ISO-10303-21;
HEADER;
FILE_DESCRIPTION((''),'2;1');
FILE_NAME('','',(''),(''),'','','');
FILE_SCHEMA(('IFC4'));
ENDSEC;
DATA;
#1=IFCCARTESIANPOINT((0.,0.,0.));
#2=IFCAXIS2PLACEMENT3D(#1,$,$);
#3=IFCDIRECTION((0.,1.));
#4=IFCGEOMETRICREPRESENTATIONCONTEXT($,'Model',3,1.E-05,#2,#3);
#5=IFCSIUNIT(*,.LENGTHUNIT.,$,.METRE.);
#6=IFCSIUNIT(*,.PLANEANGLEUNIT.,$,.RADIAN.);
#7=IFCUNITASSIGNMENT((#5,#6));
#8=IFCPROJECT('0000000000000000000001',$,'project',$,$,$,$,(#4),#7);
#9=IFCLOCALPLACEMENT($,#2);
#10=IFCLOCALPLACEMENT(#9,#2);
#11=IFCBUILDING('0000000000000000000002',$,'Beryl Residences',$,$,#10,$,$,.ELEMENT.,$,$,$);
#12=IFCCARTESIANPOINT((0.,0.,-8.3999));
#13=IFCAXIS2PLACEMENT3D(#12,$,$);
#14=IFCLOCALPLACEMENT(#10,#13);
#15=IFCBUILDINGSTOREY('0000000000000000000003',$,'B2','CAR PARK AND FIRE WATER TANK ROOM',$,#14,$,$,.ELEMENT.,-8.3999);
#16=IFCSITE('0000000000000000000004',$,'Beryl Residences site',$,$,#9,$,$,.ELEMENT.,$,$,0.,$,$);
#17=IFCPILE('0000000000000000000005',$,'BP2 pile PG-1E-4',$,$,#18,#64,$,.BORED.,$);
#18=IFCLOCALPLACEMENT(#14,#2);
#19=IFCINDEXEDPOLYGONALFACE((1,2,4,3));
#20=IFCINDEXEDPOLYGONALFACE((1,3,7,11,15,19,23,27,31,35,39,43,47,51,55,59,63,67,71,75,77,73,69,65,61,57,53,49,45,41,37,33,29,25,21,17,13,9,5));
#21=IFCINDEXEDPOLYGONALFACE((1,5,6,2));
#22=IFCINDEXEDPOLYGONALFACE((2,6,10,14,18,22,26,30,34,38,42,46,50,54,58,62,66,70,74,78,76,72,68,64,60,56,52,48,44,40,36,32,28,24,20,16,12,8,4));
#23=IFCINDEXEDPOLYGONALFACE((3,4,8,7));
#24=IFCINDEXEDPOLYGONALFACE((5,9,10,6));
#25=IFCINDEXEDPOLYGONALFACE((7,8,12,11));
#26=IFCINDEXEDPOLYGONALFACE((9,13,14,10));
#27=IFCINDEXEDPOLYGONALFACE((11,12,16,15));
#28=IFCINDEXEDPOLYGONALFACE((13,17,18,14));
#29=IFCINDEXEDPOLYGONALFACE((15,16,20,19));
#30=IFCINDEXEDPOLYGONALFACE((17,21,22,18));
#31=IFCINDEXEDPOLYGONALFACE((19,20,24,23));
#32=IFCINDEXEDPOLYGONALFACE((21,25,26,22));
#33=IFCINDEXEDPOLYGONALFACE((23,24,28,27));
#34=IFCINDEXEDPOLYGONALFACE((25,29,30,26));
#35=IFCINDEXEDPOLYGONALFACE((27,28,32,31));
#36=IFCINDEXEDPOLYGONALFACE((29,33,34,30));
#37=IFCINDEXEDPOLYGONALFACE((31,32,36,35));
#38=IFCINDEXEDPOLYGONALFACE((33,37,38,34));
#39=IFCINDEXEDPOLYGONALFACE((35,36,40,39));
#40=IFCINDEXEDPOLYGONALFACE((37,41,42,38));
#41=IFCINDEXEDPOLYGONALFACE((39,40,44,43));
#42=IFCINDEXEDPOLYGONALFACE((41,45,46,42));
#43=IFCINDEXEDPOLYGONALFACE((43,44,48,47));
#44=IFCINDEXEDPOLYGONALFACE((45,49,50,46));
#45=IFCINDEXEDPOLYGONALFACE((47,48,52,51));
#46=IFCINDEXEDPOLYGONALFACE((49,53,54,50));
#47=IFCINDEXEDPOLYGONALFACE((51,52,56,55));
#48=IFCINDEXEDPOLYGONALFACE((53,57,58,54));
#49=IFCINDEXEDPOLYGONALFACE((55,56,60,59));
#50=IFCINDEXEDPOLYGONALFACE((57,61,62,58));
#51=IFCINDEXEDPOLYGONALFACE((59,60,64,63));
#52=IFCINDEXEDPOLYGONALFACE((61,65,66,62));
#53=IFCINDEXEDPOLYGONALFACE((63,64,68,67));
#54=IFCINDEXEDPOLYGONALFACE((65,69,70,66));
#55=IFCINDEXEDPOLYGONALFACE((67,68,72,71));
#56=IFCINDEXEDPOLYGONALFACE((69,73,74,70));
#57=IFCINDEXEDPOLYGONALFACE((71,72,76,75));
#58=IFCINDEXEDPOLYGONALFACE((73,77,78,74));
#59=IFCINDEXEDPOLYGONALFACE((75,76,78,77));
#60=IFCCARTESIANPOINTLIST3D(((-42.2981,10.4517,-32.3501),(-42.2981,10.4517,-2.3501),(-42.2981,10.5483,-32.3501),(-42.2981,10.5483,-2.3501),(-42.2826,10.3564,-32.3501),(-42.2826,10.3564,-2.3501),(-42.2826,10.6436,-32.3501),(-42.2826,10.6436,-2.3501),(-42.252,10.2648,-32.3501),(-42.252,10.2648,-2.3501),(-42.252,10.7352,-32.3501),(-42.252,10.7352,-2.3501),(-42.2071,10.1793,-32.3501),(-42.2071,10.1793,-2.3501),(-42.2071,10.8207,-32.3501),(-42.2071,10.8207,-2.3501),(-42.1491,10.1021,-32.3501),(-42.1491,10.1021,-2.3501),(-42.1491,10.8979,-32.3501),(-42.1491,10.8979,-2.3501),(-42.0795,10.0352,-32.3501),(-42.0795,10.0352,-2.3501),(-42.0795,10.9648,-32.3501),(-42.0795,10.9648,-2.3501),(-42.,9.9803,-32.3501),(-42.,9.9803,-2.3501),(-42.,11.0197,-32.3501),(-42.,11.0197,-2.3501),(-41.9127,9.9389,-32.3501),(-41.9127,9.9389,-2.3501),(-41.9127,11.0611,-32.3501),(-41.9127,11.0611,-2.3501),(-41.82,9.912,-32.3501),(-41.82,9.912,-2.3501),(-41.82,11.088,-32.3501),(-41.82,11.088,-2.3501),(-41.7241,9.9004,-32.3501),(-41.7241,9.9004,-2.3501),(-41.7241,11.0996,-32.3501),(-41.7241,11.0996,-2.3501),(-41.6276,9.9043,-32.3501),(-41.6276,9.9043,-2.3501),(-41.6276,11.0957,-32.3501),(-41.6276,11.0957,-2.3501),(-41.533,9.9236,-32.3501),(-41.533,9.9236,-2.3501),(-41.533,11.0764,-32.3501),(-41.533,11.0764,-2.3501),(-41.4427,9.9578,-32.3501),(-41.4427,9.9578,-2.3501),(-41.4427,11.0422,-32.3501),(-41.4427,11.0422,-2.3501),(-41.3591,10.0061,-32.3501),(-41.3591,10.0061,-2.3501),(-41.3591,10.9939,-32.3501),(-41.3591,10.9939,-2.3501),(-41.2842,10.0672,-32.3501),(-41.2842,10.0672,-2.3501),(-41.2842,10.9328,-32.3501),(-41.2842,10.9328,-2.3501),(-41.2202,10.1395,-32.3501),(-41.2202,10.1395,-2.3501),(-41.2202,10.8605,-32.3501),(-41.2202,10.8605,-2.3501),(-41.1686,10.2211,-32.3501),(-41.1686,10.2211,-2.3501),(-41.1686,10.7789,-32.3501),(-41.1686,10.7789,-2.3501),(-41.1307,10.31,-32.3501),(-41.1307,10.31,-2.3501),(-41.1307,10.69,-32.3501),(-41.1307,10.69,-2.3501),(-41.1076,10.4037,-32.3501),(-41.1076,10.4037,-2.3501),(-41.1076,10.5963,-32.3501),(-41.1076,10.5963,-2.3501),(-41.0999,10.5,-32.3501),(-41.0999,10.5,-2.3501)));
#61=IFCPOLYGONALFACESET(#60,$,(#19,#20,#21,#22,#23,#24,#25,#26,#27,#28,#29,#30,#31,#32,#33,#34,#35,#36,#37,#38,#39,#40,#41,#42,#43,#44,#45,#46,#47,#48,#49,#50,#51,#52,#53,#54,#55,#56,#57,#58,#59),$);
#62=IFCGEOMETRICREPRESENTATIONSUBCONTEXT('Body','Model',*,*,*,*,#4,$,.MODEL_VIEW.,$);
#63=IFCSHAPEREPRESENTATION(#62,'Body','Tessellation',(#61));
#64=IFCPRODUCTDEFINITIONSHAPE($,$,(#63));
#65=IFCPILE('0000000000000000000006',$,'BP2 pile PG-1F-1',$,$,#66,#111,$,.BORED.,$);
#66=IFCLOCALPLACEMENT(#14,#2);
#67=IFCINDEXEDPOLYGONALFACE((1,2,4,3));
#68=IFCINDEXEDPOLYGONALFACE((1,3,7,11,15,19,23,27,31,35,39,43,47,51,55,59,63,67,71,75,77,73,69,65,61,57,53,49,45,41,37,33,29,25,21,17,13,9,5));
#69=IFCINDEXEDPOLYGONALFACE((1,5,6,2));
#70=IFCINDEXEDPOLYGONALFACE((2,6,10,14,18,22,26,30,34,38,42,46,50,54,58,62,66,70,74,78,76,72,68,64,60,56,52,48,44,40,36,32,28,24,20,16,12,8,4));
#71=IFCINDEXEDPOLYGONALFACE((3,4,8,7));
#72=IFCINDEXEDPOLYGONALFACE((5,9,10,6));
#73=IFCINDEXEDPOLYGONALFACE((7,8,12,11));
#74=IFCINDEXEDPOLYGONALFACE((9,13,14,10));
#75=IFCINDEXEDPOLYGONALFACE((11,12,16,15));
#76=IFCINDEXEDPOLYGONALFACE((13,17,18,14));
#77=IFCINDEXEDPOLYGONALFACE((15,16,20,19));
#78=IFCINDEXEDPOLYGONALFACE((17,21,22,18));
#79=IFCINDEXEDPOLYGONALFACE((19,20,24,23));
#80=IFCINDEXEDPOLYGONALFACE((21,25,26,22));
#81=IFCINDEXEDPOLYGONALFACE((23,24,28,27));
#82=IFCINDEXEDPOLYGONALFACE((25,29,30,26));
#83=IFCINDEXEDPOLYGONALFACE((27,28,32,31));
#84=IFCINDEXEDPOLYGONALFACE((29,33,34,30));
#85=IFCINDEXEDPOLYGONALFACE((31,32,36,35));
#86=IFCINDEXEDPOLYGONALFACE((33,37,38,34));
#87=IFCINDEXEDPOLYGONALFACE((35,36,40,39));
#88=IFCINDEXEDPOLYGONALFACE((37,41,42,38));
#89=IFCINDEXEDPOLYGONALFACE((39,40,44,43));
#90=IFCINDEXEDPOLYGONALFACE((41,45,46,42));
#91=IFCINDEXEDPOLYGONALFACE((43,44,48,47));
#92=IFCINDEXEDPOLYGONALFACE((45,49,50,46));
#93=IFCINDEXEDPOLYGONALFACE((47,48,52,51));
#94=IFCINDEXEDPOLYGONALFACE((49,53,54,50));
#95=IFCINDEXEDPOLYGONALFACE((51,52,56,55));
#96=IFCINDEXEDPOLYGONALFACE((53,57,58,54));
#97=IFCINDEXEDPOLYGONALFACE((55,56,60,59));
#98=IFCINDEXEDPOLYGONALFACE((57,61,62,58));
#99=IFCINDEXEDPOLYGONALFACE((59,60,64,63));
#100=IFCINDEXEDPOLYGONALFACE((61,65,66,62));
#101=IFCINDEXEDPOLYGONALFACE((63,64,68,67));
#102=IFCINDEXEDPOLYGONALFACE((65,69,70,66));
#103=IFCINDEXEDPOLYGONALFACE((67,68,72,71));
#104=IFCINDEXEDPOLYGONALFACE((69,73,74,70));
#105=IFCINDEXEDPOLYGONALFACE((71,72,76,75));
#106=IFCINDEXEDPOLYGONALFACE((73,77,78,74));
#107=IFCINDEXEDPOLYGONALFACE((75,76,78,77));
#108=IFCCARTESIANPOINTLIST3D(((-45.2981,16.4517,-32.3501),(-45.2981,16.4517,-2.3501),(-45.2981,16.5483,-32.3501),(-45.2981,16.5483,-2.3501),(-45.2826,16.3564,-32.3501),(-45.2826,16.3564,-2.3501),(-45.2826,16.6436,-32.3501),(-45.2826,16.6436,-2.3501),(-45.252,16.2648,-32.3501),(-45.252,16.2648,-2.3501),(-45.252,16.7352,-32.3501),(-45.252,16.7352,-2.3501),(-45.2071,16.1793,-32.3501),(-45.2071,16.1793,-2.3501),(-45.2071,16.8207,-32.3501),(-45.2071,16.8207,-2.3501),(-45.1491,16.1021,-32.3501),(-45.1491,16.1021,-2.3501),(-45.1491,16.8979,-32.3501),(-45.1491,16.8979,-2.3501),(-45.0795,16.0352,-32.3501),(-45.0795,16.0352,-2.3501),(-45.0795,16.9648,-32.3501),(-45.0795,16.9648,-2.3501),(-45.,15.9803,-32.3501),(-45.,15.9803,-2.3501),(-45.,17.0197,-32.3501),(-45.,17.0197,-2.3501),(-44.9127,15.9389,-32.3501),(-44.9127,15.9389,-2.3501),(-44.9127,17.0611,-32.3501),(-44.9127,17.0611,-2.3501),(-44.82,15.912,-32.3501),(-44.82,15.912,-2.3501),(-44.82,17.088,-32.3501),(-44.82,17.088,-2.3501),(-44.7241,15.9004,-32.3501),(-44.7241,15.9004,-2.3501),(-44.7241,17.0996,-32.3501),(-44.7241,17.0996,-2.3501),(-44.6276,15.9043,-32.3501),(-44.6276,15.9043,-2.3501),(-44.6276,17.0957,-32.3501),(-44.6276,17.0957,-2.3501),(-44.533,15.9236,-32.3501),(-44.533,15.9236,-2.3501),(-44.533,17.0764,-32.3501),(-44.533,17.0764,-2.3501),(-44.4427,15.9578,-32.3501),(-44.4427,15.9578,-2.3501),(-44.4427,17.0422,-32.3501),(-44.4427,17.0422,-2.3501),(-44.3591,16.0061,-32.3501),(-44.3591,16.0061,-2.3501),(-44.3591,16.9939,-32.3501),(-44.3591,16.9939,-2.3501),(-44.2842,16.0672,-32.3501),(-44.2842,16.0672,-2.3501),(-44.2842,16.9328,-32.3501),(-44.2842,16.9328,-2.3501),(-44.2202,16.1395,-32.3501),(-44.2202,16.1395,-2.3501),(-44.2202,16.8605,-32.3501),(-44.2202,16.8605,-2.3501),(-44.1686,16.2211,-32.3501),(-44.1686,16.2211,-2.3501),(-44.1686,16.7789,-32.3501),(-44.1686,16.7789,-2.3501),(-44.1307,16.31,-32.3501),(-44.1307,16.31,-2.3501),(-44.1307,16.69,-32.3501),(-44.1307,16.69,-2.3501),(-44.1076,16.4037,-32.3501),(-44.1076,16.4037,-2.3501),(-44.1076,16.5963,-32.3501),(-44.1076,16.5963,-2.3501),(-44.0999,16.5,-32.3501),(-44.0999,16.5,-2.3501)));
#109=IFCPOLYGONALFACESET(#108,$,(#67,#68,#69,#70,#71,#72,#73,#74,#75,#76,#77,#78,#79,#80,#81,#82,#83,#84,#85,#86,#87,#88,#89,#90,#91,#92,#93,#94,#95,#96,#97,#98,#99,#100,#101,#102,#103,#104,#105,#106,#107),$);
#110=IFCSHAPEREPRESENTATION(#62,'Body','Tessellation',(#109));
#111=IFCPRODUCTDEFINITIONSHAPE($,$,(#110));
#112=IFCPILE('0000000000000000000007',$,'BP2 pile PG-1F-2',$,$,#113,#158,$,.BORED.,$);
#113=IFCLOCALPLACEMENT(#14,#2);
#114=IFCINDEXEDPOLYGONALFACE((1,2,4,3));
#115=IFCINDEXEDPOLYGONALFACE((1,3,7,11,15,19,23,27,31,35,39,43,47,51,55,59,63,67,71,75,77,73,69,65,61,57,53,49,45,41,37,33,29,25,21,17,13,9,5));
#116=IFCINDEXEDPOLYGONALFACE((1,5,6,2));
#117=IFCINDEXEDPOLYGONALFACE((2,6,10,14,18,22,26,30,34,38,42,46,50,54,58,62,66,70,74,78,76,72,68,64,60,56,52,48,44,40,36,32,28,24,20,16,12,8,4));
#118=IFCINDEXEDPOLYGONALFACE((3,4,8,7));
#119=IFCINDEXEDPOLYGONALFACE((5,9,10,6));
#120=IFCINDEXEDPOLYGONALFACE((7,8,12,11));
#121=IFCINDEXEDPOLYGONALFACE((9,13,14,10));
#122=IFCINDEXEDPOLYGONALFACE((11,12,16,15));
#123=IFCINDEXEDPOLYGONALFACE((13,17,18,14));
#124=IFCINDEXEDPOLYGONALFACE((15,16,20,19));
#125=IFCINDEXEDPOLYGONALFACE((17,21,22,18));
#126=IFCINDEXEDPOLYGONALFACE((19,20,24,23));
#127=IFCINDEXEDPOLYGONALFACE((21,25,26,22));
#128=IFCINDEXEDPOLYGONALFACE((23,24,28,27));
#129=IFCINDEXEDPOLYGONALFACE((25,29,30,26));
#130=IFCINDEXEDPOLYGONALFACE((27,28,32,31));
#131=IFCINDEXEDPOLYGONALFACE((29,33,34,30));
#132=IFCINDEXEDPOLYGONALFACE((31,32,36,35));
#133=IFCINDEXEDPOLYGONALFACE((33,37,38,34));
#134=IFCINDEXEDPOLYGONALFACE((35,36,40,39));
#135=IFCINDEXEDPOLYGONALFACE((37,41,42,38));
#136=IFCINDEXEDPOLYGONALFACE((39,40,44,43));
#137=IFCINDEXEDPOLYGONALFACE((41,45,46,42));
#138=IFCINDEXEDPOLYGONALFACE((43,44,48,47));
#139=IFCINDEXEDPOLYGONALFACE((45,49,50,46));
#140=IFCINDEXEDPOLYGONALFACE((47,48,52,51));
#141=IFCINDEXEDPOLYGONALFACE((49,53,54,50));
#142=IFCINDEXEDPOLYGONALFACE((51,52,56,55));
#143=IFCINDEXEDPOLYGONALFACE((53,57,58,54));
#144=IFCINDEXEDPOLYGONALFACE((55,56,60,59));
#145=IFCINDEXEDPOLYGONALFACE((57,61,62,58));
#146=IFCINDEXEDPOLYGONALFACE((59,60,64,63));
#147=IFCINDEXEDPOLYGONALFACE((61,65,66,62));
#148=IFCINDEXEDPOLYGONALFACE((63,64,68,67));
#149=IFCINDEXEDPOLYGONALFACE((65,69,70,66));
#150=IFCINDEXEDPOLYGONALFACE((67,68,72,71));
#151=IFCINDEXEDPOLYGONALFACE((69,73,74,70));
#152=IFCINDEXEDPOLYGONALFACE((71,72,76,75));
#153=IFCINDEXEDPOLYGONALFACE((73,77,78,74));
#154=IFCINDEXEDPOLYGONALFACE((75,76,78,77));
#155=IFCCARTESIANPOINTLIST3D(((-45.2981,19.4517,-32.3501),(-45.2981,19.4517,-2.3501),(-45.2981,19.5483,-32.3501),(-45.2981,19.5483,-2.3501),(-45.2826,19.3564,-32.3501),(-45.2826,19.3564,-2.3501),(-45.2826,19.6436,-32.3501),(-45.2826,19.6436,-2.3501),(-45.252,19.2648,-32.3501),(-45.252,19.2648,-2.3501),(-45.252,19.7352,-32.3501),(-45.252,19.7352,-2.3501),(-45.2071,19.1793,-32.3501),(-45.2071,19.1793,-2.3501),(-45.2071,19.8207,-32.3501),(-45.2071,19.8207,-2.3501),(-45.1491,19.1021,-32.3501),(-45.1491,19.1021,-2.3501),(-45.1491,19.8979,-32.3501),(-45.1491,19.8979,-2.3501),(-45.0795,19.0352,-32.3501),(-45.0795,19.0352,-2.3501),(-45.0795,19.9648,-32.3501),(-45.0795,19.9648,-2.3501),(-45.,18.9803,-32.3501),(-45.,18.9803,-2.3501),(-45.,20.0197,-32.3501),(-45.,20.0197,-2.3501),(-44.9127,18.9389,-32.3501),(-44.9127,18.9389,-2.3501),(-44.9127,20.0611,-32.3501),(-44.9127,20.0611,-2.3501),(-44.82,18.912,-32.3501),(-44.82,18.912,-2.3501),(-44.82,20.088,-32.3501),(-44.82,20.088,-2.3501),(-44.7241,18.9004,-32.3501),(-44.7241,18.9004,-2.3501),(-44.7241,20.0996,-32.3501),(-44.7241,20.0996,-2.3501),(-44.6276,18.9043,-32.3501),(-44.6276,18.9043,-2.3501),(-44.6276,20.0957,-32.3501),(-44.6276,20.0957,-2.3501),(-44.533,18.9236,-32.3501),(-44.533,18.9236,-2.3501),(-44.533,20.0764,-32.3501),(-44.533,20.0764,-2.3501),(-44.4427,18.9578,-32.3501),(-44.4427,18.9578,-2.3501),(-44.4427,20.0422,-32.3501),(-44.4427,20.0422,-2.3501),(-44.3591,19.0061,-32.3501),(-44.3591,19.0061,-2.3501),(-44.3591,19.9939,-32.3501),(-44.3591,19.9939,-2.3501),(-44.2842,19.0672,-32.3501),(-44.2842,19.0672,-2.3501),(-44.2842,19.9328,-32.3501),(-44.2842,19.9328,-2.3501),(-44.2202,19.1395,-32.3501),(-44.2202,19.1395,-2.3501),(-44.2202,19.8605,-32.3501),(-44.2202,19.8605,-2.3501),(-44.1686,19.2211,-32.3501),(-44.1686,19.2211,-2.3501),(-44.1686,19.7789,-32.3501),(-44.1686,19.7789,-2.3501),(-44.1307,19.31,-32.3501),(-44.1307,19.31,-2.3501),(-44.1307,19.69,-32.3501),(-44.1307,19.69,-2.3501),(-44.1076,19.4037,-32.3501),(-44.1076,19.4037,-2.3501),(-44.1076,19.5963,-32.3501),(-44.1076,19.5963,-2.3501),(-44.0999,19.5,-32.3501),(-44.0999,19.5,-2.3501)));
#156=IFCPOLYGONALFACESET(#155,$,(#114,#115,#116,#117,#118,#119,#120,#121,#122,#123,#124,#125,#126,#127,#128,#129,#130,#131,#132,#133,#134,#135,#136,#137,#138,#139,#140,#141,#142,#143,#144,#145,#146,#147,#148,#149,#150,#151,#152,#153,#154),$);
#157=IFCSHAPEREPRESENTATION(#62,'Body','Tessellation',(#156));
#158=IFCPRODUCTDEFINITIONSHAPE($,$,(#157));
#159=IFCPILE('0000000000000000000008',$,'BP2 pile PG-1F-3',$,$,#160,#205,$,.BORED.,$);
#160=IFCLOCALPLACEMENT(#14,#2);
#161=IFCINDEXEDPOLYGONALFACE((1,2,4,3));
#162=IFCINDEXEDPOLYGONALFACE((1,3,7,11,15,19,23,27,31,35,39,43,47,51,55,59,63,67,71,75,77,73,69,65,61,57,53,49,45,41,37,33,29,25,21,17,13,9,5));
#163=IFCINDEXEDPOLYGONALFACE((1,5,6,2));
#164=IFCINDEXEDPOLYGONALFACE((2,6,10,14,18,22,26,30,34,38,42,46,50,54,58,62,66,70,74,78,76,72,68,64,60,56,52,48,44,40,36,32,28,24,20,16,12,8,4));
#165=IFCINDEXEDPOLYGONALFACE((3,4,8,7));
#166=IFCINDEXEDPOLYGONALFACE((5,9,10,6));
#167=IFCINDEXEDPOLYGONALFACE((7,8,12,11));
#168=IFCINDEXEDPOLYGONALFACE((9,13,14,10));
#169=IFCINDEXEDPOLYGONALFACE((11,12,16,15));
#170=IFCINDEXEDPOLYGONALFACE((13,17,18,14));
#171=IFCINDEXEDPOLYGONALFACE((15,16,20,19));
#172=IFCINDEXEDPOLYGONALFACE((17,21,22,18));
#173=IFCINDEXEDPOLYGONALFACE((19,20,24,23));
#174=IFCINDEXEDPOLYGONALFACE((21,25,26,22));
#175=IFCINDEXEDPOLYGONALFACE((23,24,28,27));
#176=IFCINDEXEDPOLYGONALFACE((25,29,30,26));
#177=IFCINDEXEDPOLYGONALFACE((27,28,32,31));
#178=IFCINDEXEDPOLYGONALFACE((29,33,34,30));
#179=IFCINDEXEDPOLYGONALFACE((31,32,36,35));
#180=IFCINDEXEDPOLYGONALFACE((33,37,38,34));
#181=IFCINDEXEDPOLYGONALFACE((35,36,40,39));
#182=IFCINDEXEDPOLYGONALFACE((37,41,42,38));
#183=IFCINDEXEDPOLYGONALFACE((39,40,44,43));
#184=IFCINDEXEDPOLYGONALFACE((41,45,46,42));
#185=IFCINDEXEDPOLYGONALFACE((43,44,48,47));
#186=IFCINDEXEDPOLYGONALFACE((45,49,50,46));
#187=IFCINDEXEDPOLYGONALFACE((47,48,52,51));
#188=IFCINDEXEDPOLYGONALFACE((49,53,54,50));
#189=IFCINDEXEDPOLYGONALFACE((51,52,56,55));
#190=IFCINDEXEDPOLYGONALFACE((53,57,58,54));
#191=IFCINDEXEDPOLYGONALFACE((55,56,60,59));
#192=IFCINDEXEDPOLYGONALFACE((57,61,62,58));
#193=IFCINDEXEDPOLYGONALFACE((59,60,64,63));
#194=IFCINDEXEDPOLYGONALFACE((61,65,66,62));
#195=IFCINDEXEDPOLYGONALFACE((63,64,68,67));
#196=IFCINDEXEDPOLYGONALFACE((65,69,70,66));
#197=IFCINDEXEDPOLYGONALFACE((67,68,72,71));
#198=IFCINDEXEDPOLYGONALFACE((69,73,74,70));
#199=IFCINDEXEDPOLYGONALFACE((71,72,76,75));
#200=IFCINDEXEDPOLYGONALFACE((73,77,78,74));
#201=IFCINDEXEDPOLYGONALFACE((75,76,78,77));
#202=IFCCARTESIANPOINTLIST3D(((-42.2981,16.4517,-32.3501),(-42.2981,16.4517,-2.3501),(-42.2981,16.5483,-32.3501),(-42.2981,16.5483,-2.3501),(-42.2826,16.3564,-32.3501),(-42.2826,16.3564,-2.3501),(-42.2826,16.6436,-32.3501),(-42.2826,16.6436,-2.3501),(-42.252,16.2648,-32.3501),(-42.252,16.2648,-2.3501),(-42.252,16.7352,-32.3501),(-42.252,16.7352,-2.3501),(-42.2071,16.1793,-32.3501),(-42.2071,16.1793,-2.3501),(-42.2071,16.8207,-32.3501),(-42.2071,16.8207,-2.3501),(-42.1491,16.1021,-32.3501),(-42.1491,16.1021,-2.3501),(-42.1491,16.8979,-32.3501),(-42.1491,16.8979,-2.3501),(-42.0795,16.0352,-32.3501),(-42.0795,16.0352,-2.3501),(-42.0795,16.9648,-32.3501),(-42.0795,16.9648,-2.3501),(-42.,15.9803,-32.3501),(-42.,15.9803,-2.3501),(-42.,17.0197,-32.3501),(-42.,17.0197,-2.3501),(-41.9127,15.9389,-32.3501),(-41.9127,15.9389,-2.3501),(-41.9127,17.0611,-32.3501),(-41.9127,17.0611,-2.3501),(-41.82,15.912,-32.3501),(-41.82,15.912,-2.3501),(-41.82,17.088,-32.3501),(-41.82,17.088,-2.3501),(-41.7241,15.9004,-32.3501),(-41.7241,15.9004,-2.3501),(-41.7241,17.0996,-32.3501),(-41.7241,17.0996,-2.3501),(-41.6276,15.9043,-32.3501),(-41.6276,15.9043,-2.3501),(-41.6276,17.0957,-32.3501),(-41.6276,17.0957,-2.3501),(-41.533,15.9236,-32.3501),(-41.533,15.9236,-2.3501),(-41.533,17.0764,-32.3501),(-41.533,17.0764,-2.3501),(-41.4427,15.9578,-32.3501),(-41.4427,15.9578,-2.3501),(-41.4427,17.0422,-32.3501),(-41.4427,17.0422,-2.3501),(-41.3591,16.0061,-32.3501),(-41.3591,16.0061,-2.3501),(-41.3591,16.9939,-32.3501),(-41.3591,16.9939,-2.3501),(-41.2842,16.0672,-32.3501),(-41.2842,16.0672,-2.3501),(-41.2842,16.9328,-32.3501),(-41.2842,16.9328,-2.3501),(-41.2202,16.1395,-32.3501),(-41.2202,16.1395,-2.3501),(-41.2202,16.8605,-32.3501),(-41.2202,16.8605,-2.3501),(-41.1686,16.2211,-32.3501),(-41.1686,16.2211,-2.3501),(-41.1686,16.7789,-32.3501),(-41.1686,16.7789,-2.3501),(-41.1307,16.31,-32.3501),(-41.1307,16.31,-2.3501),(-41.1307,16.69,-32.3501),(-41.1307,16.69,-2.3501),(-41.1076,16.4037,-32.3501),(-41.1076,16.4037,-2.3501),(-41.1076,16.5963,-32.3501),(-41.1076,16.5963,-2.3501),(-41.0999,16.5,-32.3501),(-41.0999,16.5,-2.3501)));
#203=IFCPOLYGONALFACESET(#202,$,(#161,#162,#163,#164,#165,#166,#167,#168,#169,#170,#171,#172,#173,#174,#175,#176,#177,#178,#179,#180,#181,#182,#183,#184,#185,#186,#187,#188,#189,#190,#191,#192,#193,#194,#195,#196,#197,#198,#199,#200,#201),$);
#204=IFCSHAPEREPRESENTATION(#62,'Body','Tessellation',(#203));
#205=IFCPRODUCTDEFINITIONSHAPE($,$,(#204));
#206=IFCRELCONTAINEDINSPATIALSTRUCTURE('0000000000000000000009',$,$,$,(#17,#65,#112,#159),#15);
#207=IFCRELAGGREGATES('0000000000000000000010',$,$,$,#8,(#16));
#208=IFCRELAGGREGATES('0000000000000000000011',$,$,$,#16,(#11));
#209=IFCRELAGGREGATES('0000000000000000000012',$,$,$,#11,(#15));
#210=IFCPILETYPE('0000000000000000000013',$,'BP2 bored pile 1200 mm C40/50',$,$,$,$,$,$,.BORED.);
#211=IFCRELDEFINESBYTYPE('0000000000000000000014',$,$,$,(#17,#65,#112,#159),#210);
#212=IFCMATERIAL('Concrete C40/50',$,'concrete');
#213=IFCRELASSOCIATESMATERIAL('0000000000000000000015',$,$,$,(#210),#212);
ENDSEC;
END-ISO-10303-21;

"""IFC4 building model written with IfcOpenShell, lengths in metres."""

from ifc_helpers import new_model, si_unit, direction, frame, origin, origin_2d, place, context, subcontext, project, spatial, circle, extrude, material, material_profile, profile_set, type_object, element, save


model = new_model("IFC4")

# Units and contexts
model_context = context("Model", 3, precision=1e-05, world=origin(), true_north=direction((0.0, 1.0)))
body_context = subcontext(model_context, "Body", "Model", "MODEL_VIEW")
ifc_project = project(units=[si_unit("LENGTHUNIT", "METRE"), si_unit("PLANEANGLEUNIT", "RADIAN")], contexts=[model_context])

# Site, building, storey
site_placement = place(None, origin())
site = spatial("IfcSite", under=ifc_project, at=site_placement, Name="Beryl Residences site", CompositionType="ELEMENT", RefElevation=0.0)
building_placement = place(site_placement, origin())
building = spatial("IfcBuilding", under=site, at=building_placement, Name="Beryl Residences", CompositionType="ELEMENT")
storey_placement = place(building_placement, frame((0.0, 0.0, -8.3999)))
storey = spatial("IfcBuildingStorey", under=building, at=storey_placement, Name="B2", Description="CAR PARK AND FIRE WATER TANK ROOM", CompositionType="ELEMENT", Elevation=-8.3999)

# Piles
ifc_material_1 = material(Name="Concrete C40/50", Category="concrete")
ifc_material_profile_1 = material_profile(ifc_material_1, circle(Radius=0.6001, at=origin_2d()))
ifc_profile_set_1 = profile_set([ifc_material_profile_1], Name="Concrete C40/50")
pile_type_1 = type_object("IfcPileType", Name="BP2 bored pile 1200 mm C40/50", PredefinedType="BORED", material=ifc_profile_set_1)
for number, where, z_axis, x_axis, name in (
    (1, (-41.7, 10.5, -2.3501), (0.0, 0.0, -1.0), (1.0, 0.0, 0.0), "BP2 pile PG-1E-4"),
    (2, (-44.7, 16.5, -2.3501), (0.0, 0.0, -1.0), (1.0, 0.0, 0.0), "BP2 pile PG-1F-1"),
    (3, (-44.7, 19.5, -2.3501), (0.0, 0.0, -1.0), (1.0, 0.0, 0.0), "BP2 pile PG-1F-2"),
    (4, (-41.7, 16.5, -2.3501), (0.0, 0.0, -1.0), (1.0, 0.0, 0.0), "BP2 pile PG-1F-3"),
):
    element("IfcPile", number, at=place(storey_placement, frame(where, z_axis=z_axis, x_axis=x_axis)), inside=storey, type_object=pile_type_1, Name=name, PredefinedType="BORED", context=body_context, shape_type="SweptSolid", body=[
        extrude(circle(Radius=0.6001, at=origin_2d()), origin(), (0.0, 0.0, 1.0), 30.0),
    ])

save(model, "model.ifc")
